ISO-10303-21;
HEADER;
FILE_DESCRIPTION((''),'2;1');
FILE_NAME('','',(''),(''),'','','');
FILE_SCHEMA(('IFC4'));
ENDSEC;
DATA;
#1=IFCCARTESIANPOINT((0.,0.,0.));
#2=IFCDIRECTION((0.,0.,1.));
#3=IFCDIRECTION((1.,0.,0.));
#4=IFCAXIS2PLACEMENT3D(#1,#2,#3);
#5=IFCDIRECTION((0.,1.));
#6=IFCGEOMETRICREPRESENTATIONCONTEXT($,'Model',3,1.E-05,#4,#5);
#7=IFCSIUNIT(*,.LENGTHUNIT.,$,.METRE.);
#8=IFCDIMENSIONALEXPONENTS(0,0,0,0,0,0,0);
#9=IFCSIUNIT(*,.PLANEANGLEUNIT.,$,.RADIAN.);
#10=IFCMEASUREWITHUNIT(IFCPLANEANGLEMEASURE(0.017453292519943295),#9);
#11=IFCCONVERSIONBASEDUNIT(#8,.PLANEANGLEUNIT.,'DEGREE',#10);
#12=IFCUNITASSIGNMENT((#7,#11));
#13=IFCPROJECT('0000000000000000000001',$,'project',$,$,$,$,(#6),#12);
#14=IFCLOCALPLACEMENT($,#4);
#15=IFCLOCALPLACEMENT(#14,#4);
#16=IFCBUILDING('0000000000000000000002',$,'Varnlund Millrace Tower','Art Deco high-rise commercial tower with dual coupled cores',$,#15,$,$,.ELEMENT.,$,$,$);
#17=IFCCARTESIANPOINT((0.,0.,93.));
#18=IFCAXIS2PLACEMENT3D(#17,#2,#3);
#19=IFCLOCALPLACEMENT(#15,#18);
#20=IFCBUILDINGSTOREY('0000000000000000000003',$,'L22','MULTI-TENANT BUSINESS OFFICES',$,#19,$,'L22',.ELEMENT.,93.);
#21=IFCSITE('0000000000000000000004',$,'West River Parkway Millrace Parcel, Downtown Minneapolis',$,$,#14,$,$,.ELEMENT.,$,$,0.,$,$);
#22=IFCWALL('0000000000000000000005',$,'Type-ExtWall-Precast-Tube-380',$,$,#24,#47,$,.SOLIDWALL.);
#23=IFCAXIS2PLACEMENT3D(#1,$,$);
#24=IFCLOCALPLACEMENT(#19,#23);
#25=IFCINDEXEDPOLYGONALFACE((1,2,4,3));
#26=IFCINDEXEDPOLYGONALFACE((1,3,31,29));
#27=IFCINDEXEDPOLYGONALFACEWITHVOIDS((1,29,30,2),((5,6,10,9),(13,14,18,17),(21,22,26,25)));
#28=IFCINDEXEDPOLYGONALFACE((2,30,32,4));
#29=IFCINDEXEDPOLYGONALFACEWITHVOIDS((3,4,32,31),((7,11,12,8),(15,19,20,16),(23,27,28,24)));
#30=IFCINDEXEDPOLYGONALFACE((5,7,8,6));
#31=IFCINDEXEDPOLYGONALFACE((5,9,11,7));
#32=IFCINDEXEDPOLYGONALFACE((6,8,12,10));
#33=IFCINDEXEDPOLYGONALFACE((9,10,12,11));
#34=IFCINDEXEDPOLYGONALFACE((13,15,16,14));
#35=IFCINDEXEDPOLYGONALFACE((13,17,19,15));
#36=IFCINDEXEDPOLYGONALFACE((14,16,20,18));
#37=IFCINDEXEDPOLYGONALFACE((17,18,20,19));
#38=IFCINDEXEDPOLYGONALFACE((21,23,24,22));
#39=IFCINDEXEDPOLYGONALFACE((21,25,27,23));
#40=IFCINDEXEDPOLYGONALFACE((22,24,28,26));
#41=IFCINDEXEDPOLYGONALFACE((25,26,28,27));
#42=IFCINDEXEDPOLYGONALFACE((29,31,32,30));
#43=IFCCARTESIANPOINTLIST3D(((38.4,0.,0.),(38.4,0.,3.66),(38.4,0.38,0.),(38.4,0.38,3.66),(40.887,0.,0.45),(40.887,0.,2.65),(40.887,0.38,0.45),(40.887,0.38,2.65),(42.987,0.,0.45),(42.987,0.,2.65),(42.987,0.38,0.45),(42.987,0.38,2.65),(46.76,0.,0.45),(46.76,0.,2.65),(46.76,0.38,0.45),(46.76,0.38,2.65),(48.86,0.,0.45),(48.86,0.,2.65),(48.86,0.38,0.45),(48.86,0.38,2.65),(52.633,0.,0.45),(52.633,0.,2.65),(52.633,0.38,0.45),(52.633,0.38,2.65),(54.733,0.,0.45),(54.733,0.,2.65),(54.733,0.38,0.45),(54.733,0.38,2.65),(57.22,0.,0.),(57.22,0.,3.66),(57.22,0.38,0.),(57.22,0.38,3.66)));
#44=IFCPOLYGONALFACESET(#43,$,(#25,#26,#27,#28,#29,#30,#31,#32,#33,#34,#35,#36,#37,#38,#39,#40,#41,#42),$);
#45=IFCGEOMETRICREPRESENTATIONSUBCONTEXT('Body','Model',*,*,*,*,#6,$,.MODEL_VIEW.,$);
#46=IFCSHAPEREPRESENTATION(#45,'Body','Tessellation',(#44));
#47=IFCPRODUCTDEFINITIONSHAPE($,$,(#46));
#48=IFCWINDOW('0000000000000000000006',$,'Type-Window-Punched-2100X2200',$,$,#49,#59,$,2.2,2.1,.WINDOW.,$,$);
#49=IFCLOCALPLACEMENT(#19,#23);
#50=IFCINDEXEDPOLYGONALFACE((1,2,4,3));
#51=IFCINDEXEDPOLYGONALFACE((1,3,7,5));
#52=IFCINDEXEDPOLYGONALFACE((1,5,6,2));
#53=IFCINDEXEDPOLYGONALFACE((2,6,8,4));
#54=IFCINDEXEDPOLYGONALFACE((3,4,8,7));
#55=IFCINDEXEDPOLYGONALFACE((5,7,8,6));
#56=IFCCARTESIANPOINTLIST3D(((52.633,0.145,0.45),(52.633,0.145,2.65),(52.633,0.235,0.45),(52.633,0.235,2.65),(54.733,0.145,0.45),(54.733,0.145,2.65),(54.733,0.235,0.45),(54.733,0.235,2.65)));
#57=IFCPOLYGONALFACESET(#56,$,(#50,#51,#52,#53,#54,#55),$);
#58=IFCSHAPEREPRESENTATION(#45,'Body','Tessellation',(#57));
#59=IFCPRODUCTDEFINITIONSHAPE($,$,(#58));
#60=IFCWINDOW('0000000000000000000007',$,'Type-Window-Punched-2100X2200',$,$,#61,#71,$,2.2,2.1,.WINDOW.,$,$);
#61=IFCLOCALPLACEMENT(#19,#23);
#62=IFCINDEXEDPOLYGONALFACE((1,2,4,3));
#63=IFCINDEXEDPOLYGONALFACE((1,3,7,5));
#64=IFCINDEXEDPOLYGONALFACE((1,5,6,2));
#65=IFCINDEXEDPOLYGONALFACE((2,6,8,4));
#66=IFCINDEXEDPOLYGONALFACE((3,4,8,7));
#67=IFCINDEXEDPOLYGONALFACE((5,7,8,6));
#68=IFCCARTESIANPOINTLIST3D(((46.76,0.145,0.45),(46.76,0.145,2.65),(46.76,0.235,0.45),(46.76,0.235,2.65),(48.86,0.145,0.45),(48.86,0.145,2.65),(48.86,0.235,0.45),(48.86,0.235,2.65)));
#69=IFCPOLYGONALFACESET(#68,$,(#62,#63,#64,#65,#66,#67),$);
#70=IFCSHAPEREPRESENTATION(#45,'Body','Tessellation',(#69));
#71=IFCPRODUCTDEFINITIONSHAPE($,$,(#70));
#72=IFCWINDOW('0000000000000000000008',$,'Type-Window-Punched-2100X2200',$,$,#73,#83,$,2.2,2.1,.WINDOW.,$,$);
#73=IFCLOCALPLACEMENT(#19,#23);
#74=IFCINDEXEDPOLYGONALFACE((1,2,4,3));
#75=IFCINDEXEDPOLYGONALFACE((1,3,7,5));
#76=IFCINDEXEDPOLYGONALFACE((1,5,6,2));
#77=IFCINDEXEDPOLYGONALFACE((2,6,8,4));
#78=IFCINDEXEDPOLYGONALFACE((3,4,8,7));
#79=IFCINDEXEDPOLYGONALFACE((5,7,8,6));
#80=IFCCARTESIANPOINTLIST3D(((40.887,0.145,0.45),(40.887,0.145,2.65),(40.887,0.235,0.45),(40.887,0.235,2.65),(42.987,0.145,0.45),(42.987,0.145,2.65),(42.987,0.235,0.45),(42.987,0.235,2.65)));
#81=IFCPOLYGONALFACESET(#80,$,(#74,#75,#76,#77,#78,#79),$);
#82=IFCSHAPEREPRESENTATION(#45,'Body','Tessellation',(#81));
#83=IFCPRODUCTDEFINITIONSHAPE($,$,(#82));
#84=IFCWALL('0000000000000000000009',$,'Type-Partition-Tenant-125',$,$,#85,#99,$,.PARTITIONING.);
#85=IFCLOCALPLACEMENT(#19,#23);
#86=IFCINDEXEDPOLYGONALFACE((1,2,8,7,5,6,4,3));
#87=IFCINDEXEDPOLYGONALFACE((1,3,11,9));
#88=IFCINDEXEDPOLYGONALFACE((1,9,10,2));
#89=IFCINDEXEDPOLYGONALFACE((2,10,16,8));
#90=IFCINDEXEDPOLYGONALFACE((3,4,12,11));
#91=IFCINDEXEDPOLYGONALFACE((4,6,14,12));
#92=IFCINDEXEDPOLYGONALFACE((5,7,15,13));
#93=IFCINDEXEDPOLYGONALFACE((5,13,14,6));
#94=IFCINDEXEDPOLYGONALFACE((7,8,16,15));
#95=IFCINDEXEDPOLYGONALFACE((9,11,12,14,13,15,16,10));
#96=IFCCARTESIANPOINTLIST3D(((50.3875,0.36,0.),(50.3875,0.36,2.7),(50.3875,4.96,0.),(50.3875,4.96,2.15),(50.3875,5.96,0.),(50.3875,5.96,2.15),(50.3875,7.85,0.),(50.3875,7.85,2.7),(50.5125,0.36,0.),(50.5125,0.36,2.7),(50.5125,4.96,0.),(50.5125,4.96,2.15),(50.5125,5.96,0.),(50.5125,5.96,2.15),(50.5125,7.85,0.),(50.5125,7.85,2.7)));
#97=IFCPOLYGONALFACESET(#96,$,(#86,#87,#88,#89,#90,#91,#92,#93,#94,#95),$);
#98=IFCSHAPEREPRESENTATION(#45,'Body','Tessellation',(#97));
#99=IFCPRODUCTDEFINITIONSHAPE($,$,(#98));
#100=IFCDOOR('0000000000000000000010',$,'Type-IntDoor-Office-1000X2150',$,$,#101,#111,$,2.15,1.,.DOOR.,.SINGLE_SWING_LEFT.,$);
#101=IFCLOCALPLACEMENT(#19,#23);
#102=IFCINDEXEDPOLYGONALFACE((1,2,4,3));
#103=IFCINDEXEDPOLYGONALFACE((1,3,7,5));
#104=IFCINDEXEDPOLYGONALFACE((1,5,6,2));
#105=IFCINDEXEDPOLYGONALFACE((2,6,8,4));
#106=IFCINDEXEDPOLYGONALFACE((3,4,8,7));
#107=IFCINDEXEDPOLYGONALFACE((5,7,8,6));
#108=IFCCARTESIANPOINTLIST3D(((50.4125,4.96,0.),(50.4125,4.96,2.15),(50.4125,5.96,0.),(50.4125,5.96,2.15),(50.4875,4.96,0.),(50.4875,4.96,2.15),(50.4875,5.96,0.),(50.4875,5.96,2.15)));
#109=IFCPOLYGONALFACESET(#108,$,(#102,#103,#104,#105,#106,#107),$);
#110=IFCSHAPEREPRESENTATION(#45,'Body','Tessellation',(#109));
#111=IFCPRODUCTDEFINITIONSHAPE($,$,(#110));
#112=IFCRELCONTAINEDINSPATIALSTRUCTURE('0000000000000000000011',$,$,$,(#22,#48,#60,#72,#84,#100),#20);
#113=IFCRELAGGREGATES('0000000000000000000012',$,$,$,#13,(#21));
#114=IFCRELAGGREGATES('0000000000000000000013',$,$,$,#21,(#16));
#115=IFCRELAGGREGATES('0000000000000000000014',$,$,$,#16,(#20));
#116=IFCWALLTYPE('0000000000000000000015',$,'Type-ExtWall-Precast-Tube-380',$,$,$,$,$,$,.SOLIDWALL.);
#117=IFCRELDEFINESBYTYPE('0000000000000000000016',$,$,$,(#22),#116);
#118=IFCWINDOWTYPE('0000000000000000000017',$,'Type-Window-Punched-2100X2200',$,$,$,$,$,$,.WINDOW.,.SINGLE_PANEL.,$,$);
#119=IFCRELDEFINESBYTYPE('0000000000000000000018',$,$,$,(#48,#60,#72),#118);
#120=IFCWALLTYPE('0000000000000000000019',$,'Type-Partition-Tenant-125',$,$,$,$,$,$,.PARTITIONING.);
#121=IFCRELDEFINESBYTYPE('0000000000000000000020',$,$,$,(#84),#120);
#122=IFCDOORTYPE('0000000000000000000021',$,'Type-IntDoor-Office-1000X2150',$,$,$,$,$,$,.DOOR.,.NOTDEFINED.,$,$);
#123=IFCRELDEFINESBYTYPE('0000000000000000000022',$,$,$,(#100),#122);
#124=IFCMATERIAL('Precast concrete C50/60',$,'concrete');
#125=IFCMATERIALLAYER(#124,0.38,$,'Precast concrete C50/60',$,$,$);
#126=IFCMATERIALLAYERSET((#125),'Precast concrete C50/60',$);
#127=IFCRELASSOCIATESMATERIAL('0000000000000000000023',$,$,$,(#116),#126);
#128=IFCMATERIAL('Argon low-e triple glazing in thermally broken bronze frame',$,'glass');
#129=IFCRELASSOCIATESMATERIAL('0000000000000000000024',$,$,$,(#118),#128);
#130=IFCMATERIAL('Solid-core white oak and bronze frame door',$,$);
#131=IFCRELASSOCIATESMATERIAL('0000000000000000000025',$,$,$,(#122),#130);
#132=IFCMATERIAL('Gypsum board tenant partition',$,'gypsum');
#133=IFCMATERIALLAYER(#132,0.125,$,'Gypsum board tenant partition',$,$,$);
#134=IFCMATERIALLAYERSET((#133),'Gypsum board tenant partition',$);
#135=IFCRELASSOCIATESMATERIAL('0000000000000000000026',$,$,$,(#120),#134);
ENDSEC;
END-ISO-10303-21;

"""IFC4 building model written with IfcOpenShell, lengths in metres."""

from ifc_helpers import new_model, entity, si_unit, converted_unit, direction, frame, origin_with_axes, origin_2d_with_axis, place, context, subcontext, project, spatial, polyline, rectangle, outline, extrude, material, layer, layer_set, type_object, element, fill, save


model = new_model("IFC4")

# Units and contexts
model_context = context("Model", 3, precision=1e-05, world=origin_with_axes(), true_north=direction((0.0, 1.0)))
body_context = subcontext(model_context, "Body", "Model", "MODEL_VIEW")
ifc_project = project(units=[si_unit("LENGTHUNIT", "METRE"), converted_unit("PLANEANGLEUNIT", "DEGREE", entity("IfcPlaneAngleMeasure", 0.017453292519943295), si_unit("PLANEANGLEUNIT", "RADIAN"), dimensions=[0, 0, 0, 0, 0, 0, 0])], contexts=[model_context])

# Site, building, storey
site_placement = place(None, origin_with_axes())
site = spatial("IfcSite", under=ifc_project, at=site_placement, Name="West River Parkway Millrace Parcel, Downtown Minneapolis", CompositionType="ELEMENT", RefElevation=0.0)
building_placement = place(site_placement, origin_with_axes())
building = spatial("IfcBuilding", under=site, at=building_placement, Name="Varnlund Millrace Tower", Description="Art Deco high-rise commercial tower with dual coupled cores", CompositionType="ELEMENT")
storey_placement = place(building_placement, frame((0.0, 0.0, 93.0), z_axis=(0.0, 0.0, 1.0), x_axis=(1.0, 0.0, 0.0)))
storey = spatial("IfcBuildingStorey", under=building, at=storey_placement, Name="L22", Description="MULTI-TENANT BUSINESS OFFICES", LongName="L22", CompositionType="ELEMENT", Elevation=93.0)

# Shared definitions
ifc_material_1 = material(Name="Precast concrete C50/60", Category="concrete")
ifc_layer_1 = layer(ifc_material_1, 0.38, Name="Precast concrete C50/60")
ifc_layer_set_1 = layer_set([ifc_layer_1], Name="Precast concrete C50/60")
wall_type_1 = type_object("IfcWallType", Name="Type-ExtWall-Precast-Tube-380", PredefinedType="SOLIDWALL", material=ifc_layer_set_1)

# Wall, openings, windows
wall_1_placement = place(storey_placement, frame((57.22, 0.19, 0.0), z_axis=(0.0, 0.0, 1.0), x_axis=(-1.0, 0.0, 0.0)))
wall_1 = element("IfcWall", 1, at=wall_1_placement, inside=storey, type_object=wall_type_1, Name="Type-ExtWall-Precast-Tube-380", PredefinedType="SOLIDWALL", context=body_context, shape_type="SweptSolid", body=[
    extrude(outline(polyline([(0.0, -0.19), (18.82, -0.19), (18.82, 0.19), (0.0, 0.19), (0.0, -0.19)])), origin_with_axes(), (0.0, 0.0, 1.0), 3.66),
])
opening_1_placement = place(wall_1_placement, frame((3.537, 0.0, 0.45), z_axis=(0.0, 0.0, 1.0), x_axis=(1.0, 0.0, 0.0)))
opening_1 = element("IfcOpeningElement", 2, at=opening_1_placement, cuts=wall_1, PredefinedType="OPENING", context=body_context, shape_type="SweptSolid", body=[
    extrude(rectangle(XDim=2.1, YDim=0.4, at=origin_2d_with_axis()), origin_with_axes(), (0.0, 0.0, 1.0), 2.2),
])
opening_2_placement = place(wall_1_placement, frame((9.41, 0.0, 0.45), z_axis=(0.0, 0.0, 1.0), x_axis=(1.0, 0.0, 0.0)))
opening_2 = element("IfcOpeningElement", 3, at=opening_2_placement, cuts=wall_1, PredefinedType="OPENING", context=body_context, shape_type="SweptSolid", body=[
    extrude(rectangle(XDim=2.1, YDim=0.4, at=origin_2d_with_axis()), origin_with_axes(), (0.0, 0.0, 1.0), 2.2),
])
opening_3_placement = place(wall_1_placement, frame((15.283, 0.0, 0.45), z_axis=(0.0, 0.0, 1.0), x_axis=(1.0, 0.0, 0.0)))
opening_3 = element("IfcOpeningElement", 4, at=opening_3_placement, cuts=wall_1, PredefinedType="OPENING", context=body_context, shape_type="SweptSolid", body=[
    extrude(rectangle(XDim=2.1, YDim=0.4, at=origin_2d_with_axis()), origin_with_axes(), (0.0, 0.0, 1.0), 2.2),
])
ifc_material_2 = material(Name="Argon low-e triple glazing in thermally broken bronze frame", Category="glass")
window_type = type_object("IfcWindowType", Name="Type-Window-Punched-2100X2200", PartitioningType="SINGLE_PANEL", PredefinedType="WINDOW", material=ifc_material_2)
window_1_placement = place(wall_1_placement, frame((3.537, 0.0, 0.45), z_axis=(0.0, 0.0, 1.0), x_axis=(1.0, 0.0, 0.0)))
window_1 = element("IfcWindow", 5, at=window_1_placement, inside=storey, type_object=window_type, Name="Type-Window-Punched-2100X2200", OverallHeight=2.2, OverallWidth=2.1, PredefinedType="WINDOW", context=body_context, shape_type="SweptSolid", body=[
    extrude(rectangle(XDim=2.1, YDim=0.09, at=origin_2d_with_axis()), origin_with_axes(), (0.0, 0.0, 1.0), 2.2),
])
fill(opening_1, window_1)
window_2_placement = place(wall_1_placement, frame((9.41, 0.0, 0.45), z_axis=(0.0, 0.0, 1.0), x_axis=(1.0, 0.0, 0.0)))
window_2 = element("IfcWindow", 6, at=window_2_placement, inside=storey, type_object=window_type, Name="Type-Window-Punched-2100X2200", OverallHeight=2.2, OverallWidth=2.1, PredefinedType="WINDOW", context=body_context, shape_type="SweptSolid", body=[
    extrude(rectangle(XDim=2.1, YDim=0.09, at=origin_2d_with_axis()), origin_with_axes(), (0.0, 0.0, 1.0), 2.2),
])
fill(opening_2, window_2)
window_3_placement = place(wall_1_placement, frame((15.283, 0.0, 0.45), z_axis=(0.0, 0.0, 1.0), x_axis=(1.0, 0.0, 0.0)))
window_3 = element("IfcWindow", 7, at=window_3_placement, inside=storey, type_object=window_type, Name="Type-Window-Punched-2100X2200", OverallHeight=2.2, OverallWidth=2.1, PredefinedType="WINDOW", context=body_context, shape_type="SweptSolid", body=[
    extrude(rectangle(XDim=2.1, YDim=0.09, at=origin_2d_with_axis()), origin_with_axes(), (0.0, 0.0, 1.0), 2.2),
])
fill(opening_3, window_3)

# Shared definitions
ifc_material_3 = material(Name="Solid-core white oak and bronze frame door")
door_type = type_object("IfcDoorType", Name="Type-IntDoor-Office-1000X2150", OperationType="NOTDEFINED", PredefinedType="DOOR", material=ifc_material_3)

# Wall, opening, door
ifc_material_4 = material(Name="Gypsum board tenant partition", Category="gypsum")
ifc_layer_2 = layer(ifc_material_4, 0.125, Name="Gypsum board tenant partition")
ifc_layer_set_2 = layer_set([ifc_layer_2], Name="Gypsum board tenant partition")
wall_type_2 = type_object("IfcWallType", Name="Type-Partition-Tenant-125", PredefinedType="PARTITIONING", material=ifc_layer_set_2)
wall_2_placement = place(storey_placement, frame((50.45, 0.36, 0.0), z_axis=(0.0, 0.0, 1.0), x_axis=(0.0, 1.0, 0.0)))
wall_2 = element("IfcWall", 8, at=wall_2_placement, inside=storey, type_object=wall_type_2, Name="Type-Partition-Tenant-125", PredefinedType="PARTITIONING", context=body_context, shape_type="SweptSolid", body=[
    extrude(outline(polyline([(0.0, -0.0625), (7.49, -0.0625), (7.49, 0.0625), (0.0, 0.0625), (0.0, -0.0625)])), origin_with_axes(), (0.0, 0.0, 1.0), 2.7),
])
opening_4_placement = place(wall_2_placement, frame((5.1, 0.0, 0.0), z_axis=(0.0, 0.0, 1.0), x_axis=(1.0, 0.0, 0.0)))
opening_4 = element("IfcOpeningElement", 9, at=opening_4_placement, cuts=wall_2, PredefinedType="OPENING", context=body_context, shape_type="SweptSolid", body=[
    extrude(rectangle(XDim=1.0, YDim=0.145, at=origin_2d_with_axis()), origin_with_axes(), (0.0, 0.0, 1.0), 2.15),
])
door_1_placement = place(wall_2_placement, frame((5.1, 0.0, 0.0), z_axis=(0.0, 0.0, 1.0), x_axis=(1.0, 0.0, 0.0)))
door_1 = element("IfcDoor", 10, at=door_1_placement, inside=storey, type_object=door_type, Name="Type-IntDoor-Office-1000X2150", OperationType="SINGLE_SWING_LEFT", OverallHeight=2.15, OverallWidth=1.0, PredefinedType="DOOR", context=body_context, shape_type="SweptSolid", body=[
    extrude(rectangle(XDim=1.0, YDim=0.075, at=origin_2d_with_axis()), origin_with_axes(), (0.0, 0.0, 1.0), 2.15),
])
fill(opening_4, door_1)

save(model, "model.ifc")
